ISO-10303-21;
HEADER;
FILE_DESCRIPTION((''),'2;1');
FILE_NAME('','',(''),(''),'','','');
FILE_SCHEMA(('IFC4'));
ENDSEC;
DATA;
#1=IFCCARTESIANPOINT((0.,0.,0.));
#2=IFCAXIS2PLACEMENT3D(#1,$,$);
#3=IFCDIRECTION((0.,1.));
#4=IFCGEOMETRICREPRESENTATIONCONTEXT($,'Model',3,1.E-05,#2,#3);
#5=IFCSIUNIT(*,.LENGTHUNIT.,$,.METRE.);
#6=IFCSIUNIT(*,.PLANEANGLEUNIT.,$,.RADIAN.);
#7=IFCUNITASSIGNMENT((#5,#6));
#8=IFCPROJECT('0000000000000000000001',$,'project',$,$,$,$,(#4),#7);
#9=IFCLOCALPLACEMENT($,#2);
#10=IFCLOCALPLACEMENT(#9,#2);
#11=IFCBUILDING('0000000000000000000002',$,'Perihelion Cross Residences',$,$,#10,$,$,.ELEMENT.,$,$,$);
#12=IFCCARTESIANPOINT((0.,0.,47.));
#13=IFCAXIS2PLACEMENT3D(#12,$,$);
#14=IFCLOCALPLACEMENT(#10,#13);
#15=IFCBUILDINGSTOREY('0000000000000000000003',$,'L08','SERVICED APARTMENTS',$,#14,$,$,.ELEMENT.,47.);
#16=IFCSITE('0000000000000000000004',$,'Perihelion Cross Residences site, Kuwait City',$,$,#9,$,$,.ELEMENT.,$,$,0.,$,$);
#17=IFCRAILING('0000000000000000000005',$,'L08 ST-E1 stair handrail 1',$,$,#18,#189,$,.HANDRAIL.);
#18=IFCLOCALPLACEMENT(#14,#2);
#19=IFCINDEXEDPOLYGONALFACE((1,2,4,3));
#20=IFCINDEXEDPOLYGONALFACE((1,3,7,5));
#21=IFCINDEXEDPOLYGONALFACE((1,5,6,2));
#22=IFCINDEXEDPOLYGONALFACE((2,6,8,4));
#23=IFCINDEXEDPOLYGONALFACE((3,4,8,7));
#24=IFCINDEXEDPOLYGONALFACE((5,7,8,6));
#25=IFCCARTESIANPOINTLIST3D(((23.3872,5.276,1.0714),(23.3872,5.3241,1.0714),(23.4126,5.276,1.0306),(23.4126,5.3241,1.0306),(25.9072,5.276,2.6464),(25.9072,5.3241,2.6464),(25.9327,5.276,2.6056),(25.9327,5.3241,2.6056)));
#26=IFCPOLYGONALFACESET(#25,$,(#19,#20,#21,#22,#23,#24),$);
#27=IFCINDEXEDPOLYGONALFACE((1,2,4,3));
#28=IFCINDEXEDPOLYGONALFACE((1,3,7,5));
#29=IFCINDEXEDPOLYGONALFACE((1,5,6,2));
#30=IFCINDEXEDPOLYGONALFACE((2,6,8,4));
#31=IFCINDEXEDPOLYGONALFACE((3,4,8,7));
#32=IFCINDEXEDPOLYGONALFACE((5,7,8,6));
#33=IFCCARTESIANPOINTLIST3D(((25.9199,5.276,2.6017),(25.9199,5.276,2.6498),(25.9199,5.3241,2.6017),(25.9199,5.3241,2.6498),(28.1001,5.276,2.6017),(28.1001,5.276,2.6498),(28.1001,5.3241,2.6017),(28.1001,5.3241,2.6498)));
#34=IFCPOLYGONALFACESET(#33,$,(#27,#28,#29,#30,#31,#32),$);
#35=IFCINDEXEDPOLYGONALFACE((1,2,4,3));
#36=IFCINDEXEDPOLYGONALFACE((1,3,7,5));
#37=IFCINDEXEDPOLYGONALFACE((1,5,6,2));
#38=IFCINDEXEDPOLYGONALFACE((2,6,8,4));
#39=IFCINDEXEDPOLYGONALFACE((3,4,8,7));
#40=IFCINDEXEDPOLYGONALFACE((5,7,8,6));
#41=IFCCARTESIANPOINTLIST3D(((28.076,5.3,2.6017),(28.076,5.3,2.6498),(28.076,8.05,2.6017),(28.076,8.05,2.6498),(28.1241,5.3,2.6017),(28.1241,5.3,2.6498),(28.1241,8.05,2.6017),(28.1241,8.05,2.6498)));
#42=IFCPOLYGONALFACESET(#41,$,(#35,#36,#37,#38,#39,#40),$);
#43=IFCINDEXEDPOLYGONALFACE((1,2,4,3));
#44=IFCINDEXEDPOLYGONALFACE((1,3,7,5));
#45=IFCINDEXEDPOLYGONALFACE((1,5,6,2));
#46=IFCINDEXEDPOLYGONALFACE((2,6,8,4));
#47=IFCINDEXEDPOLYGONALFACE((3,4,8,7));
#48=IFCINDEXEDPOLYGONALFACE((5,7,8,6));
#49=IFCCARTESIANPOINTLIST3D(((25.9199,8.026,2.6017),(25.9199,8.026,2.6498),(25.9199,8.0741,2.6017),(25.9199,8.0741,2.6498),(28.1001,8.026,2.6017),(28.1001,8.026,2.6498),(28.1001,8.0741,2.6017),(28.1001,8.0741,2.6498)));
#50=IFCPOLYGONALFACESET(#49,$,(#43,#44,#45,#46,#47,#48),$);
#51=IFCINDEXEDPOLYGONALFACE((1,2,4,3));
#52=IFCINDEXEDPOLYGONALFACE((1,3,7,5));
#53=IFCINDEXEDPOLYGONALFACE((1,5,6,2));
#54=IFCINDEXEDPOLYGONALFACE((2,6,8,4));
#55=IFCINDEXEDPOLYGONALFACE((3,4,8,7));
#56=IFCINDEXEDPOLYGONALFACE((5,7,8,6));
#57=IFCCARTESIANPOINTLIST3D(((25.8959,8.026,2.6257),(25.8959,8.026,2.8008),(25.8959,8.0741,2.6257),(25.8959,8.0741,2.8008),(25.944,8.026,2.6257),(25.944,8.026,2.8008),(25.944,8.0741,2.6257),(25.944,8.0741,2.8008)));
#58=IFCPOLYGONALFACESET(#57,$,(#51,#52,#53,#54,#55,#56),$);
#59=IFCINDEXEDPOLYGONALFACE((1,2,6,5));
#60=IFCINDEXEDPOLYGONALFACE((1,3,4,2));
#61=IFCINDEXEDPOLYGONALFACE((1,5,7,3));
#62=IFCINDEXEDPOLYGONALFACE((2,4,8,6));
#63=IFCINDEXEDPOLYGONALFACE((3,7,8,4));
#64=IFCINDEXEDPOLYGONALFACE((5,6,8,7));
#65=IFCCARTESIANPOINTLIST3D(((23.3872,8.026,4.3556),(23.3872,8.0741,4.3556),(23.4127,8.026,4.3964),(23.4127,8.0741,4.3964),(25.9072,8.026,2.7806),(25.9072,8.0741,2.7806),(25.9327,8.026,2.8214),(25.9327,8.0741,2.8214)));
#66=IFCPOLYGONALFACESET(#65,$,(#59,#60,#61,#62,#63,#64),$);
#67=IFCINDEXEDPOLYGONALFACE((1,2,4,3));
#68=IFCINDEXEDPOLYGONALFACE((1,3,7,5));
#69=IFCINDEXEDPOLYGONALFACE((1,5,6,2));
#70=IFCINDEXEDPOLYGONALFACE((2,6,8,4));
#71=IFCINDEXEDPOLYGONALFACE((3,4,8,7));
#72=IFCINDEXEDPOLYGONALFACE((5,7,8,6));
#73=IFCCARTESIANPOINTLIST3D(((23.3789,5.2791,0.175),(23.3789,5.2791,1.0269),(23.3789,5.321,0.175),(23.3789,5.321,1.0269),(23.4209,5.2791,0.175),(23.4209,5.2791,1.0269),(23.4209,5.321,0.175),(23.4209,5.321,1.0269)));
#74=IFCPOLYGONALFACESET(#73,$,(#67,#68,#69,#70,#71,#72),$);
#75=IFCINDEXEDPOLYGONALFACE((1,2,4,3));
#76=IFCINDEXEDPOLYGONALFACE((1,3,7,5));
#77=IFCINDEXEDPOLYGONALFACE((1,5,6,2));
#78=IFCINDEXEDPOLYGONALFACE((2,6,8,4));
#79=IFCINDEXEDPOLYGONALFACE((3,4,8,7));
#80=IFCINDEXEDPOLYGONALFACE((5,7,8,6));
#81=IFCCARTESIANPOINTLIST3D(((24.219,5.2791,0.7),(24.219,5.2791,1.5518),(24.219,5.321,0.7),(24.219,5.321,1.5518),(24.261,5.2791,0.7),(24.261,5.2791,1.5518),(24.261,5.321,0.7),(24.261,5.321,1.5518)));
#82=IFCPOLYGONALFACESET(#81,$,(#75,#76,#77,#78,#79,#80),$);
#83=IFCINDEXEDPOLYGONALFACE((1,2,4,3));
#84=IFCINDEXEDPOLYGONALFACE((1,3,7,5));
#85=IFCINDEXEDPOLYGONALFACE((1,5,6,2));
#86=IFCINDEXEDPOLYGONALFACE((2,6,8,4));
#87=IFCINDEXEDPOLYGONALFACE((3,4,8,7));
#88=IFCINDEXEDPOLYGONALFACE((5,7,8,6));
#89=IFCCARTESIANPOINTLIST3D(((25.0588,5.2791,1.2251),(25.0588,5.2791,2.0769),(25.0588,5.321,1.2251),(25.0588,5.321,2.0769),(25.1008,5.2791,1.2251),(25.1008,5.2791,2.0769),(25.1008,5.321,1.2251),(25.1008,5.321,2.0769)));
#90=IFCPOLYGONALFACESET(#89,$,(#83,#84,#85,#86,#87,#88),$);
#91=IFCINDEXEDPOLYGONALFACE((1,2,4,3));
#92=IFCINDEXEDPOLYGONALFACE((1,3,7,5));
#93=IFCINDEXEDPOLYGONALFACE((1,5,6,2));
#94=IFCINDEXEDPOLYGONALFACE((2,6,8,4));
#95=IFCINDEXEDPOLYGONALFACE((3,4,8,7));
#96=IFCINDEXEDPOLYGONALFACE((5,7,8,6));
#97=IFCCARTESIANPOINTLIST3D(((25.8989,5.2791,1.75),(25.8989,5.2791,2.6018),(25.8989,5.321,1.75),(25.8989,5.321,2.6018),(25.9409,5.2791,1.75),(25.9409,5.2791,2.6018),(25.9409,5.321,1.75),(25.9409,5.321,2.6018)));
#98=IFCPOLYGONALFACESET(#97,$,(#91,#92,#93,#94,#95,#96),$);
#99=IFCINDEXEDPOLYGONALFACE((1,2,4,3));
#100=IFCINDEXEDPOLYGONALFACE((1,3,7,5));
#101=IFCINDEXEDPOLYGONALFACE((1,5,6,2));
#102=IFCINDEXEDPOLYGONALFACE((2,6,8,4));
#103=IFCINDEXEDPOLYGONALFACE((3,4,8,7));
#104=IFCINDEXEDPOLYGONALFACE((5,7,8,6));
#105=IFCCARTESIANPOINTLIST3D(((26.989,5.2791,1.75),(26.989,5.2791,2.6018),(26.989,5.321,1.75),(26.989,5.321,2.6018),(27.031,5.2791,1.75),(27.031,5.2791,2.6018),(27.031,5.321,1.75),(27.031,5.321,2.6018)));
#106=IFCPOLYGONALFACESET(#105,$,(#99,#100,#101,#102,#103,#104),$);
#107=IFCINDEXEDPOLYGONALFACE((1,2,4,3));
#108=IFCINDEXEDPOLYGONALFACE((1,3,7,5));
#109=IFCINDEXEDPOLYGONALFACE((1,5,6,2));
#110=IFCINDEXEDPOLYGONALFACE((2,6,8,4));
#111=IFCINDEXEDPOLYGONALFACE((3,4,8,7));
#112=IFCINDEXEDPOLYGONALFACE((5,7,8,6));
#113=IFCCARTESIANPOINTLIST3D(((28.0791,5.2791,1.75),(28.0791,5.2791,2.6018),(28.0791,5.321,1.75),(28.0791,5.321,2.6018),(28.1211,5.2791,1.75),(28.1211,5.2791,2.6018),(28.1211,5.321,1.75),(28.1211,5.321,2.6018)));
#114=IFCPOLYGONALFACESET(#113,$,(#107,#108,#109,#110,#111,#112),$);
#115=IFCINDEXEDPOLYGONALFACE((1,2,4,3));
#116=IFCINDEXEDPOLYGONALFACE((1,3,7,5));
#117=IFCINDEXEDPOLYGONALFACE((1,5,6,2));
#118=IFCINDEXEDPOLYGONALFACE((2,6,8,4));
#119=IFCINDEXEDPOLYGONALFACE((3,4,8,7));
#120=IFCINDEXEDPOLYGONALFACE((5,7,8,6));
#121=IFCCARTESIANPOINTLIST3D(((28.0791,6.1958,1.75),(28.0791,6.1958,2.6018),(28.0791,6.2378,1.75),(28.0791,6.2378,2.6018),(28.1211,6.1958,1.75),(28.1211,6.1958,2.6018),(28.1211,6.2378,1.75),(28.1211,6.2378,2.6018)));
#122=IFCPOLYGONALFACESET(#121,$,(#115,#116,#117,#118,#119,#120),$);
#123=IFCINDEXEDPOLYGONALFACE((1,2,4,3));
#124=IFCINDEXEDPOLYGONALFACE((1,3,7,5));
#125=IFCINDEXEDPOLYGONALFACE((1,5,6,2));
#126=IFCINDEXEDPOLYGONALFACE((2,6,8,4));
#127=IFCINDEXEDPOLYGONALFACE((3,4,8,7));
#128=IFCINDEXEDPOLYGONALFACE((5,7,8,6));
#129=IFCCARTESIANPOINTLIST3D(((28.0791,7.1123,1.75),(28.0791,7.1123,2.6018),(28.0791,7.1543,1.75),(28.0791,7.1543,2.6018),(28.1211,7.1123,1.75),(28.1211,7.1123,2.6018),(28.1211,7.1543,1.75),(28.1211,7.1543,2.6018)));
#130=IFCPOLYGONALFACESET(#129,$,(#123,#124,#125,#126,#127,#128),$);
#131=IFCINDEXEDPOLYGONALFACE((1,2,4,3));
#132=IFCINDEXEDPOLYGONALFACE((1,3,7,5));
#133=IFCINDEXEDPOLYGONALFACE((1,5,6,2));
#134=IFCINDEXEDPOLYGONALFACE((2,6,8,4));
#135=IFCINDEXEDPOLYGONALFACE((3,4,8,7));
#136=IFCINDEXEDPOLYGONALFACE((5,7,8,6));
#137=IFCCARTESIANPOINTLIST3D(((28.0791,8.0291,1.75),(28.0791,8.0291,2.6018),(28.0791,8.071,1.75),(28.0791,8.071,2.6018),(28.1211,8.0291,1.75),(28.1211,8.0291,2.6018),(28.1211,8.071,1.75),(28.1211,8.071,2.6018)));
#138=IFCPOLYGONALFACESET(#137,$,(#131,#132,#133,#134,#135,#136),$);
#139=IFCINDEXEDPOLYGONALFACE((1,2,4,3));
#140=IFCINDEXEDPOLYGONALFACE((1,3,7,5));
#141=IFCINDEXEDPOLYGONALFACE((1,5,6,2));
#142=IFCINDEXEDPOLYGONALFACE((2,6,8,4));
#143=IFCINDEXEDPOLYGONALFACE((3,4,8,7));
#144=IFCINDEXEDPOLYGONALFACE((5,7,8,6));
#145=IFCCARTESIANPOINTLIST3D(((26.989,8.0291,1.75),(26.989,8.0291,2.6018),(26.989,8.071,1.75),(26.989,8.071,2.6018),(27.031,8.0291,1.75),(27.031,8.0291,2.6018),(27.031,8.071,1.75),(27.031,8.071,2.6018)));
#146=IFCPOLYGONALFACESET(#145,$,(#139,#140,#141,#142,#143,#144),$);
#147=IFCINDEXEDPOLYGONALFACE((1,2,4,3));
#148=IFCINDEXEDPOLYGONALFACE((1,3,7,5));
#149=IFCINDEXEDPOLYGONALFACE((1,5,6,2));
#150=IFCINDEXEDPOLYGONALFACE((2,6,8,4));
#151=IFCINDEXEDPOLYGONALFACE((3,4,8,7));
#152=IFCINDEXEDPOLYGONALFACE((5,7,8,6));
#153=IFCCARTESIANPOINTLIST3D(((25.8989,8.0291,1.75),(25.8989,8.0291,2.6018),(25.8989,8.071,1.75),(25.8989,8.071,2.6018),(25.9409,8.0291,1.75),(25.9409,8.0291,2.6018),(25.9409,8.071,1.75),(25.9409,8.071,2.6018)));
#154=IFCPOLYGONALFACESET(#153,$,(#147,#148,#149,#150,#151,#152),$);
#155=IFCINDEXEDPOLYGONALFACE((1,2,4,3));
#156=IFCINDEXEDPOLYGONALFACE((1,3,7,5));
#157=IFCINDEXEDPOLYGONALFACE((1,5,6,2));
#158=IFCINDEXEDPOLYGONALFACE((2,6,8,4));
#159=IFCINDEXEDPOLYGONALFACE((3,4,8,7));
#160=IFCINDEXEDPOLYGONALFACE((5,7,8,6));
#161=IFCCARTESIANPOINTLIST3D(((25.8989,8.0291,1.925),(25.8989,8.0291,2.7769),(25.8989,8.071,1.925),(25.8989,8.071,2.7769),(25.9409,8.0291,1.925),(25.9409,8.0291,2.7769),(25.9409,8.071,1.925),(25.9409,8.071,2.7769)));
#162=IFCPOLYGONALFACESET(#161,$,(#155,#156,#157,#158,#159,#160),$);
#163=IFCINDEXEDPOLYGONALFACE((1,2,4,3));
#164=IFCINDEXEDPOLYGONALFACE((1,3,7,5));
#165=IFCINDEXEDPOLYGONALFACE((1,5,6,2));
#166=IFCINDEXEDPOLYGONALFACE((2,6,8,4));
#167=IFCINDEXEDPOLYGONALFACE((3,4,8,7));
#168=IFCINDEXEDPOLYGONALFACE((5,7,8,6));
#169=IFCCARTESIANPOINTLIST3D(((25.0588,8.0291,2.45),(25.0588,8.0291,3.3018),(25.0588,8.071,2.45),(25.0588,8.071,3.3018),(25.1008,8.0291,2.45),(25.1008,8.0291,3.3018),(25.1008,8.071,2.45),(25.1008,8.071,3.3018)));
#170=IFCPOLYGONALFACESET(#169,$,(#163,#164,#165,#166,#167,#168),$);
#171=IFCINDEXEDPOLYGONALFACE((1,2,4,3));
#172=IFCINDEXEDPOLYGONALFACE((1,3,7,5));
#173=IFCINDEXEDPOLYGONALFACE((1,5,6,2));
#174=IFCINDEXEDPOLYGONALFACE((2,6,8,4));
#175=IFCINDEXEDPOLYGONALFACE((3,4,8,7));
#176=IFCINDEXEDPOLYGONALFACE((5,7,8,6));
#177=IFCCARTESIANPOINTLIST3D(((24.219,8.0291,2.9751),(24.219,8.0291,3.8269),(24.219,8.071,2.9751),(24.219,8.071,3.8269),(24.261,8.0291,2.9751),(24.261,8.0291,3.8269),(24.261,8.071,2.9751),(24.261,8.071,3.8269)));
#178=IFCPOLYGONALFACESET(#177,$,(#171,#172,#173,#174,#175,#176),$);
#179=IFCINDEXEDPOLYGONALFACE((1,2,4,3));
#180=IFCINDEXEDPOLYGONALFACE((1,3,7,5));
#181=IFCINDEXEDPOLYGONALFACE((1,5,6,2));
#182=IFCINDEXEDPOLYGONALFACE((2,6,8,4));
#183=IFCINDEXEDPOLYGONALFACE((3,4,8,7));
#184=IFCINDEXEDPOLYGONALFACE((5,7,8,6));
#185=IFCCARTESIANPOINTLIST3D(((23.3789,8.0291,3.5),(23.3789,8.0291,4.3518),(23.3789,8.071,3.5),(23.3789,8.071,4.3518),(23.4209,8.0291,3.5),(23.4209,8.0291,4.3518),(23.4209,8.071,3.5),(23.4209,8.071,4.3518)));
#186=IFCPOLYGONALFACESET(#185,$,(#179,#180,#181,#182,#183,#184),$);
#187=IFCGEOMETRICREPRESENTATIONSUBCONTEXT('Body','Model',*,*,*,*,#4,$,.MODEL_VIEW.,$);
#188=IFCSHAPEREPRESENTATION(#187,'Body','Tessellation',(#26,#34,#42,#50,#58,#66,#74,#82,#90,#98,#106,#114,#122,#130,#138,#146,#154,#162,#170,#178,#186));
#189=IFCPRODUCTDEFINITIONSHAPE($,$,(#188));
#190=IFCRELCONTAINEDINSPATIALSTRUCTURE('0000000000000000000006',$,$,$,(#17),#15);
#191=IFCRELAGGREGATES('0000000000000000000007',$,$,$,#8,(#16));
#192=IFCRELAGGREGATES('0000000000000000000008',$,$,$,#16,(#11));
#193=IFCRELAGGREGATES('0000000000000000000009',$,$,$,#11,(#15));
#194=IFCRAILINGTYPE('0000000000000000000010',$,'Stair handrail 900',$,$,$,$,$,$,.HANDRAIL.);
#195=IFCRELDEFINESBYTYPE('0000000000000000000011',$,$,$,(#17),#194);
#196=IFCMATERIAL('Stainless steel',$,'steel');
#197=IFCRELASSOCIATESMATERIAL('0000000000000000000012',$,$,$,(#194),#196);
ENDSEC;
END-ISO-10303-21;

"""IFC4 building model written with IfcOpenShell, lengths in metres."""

from ifc_helpers import new_model, si_unit, direction, frame, origin, origin_2d, place, context, subcontext, project, spatial, rectangle, extrude, material, type_object, element, save


model = new_model("IFC4")

# Units and contexts
model_context = context("Model", 3, precision=1e-05, world=origin(), true_north=direction((0.0, 1.0)))
body_context = subcontext(model_context, "Body", "Model", "MODEL_VIEW")
ifc_project = project(units=[si_unit("LENGTHUNIT", "METRE"), si_unit("PLANEANGLEUNIT", "RADIAN")], contexts=[model_context])

# Site, building, storey
site_placement = place(None, origin())
site = spatial("IfcSite", under=ifc_project, at=site_placement, Name="Perihelion Cross Residences site, Kuwait City", CompositionType="ELEMENT", RefElevation=0.0)
building_placement = place(site_placement, origin())
building = spatial("IfcBuilding", under=site, at=building_placement, Name="Perihelion Cross Residences", CompositionType="ELEMENT")
storey_placement = place(building_placement, frame((0.0, 0.0, 47.0)))
storey = spatial("IfcBuildingStorey", under=building, at=storey_placement, Name="L08", Description="SERVICED APARTMENTS", CompositionType="ELEMENT", Elevation=47.0)

# Railing
ifc_material_1 = material(Name="Stainless steel", Category="steel")
railing_type_1 = type_object("IfcRailingType", Name="Stair handrail 900", PredefinedType="HANDRAIL", material=ifc_material_1)
railing_1_placement = place(storey_placement, frame((23.3999, 5.3, 0.175)))
element("IfcRailing", 1, at=railing_1_placement, inside=storey, type_object=railing_type_1, Name="L08 ST-E1 stair handrail 1", PredefinedType="HANDRAIL", context=body_context, shape_type="SweptSolid", body=[
    extrude(rectangle(XDim=0.0481, YDim=0.0481, at=origin_2d()), frame((0.0, 0.0, 0.876), z_axis=(0.848008, 0.0, 0.529984), x_axis=(0.0, 1.0, 0.0)), (0.0, 0.0, 1.0), 2.9717),
    extrude(rectangle(XDim=0.0481, YDim=0.0481, at=origin_2d()), frame((2.52, 0.0, 2.4507), z_axis=(1.0, 0.0, 0.0), x_axis=(0.0, 1.0, 0.0)), (0.0, 0.0, 1.0), 2.1802),
    extrude(rectangle(XDim=0.0481, YDim=0.0481, at=origin_2d()), frame((4.7002, 0.0, 2.4507), z_axis=(0.0, 1.0, 0.0), x_axis=(-1.0, 0.0, 0.0)), (0.0, 0.0, 1.0), 2.75),
    extrude(rectangle(XDim=0.0481, YDim=0.0481, at=origin_2d()), frame((4.7002, 2.75, 2.4507), z_axis=(-1.0, 0.0, 0.0), x_axis=(0.0, -1.0, 0.0)), (0.0, 0.0, 1.0), 2.1802),
    extrude(rectangle(XDim=0.0481, YDim=0.0481, at=origin_2d()), frame((2.52, 2.75, 2.4507), z_axis=(0.0, 0.0, 1.0), x_axis=(1.0, 0.0, 0.0)), (0.0, 0.0, 1.0), 0.175),
    extrude(rectangle(XDim=0.0481, YDim=0.0481, at=origin_2d()), frame((2.52, 2.75, 2.626), z_axis=(-0.848008, 0.0, 0.529984), x_axis=(0.0, -1.0, 0.0)), (0.0, 0.0, 1.0), 2.9717),
    extrude(rectangle(XDim=0.042, YDim=0.042, at=origin_2d()), origin(), (0.0, 0.0, 1.0), 0.8518),
    extrude(rectangle(XDim=0.042, YDim=0.042, at=origin_2d()), frame((0.8401, 0.0, 0.5249)), (0.0, 0.0, 1.0), 0.8518),
    extrude(rectangle(XDim=0.042, YDim=0.042, at=origin_2d()), frame((1.6799, 0.0, 1.05)), (0.0, 0.0, 1.0), 0.8518),
    extrude(rectangle(XDim=0.042, YDim=0.042, at=origin_2d()), frame((2.52, 0.0, 1.575)), (0.0, 0.0, 1.0), 0.8518),
    extrude(rectangle(XDim=0.042, YDim=0.042, at=origin_2d()), frame((3.6101, 0.0, 1.575)), (0.0, 0.0, 1.0), 0.8518),
    extrude(rectangle(XDim=0.042, YDim=0.042, at=origin_2d()), frame((4.7002, 0.0, 1.575)), (0.0, 0.0, 1.0), 0.8518),
    extrude(rectangle(XDim=0.042, YDim=0.042, at=origin_2d()), frame((4.7002, 0.9167, 1.575)), (0.0, 0.0, 1.0), 0.8518),
    extrude(rectangle(XDim=0.042, YDim=0.042, at=origin_2d()), frame((4.7002, 1.8333, 1.575)), (0.0, 0.0, 1.0), 0.8518),
    extrude(rectangle(XDim=0.042, YDim=0.042, at=origin_2d()), frame((4.7002, 2.75, 1.575)), (0.0, 0.0, 1.0), 0.8518),
    extrude(rectangle(XDim=0.042, YDim=0.042, at=origin_2d()), frame((3.6101, 2.75, 1.575)), (0.0, 0.0, 1.0), 0.8518),
    extrude(rectangle(XDim=0.042, YDim=0.042, at=origin_2d()), frame((2.52, 2.75, 1.575)), (0.0, 0.0, 1.0), 0.8518),
    extrude(rectangle(XDim=0.042, YDim=0.042, at=origin_2d()), frame((2.52, 2.75, 1.75)), (0.0, 0.0, 1.0), 0.8518),
    extrude(rectangle(XDim=0.042, YDim=0.042, at=origin_2d()), frame((1.6799, 2.75, 2.2749)), (0.0, 0.0, 1.0), 0.8518),
    extrude(rectangle(XDim=0.042, YDim=0.042, at=origin_2d()), frame((0.8401, 2.75, 2.8)), (0.0, 0.0, 1.0), 0.8518),
    extrude(rectangle(XDim=0.042, YDim=0.042, at=origin_2d()), frame((0.0, 2.75, 3.325)), (0.0, 0.0, 1.0), 0.8518),
])

save(model, "model.ifc")
